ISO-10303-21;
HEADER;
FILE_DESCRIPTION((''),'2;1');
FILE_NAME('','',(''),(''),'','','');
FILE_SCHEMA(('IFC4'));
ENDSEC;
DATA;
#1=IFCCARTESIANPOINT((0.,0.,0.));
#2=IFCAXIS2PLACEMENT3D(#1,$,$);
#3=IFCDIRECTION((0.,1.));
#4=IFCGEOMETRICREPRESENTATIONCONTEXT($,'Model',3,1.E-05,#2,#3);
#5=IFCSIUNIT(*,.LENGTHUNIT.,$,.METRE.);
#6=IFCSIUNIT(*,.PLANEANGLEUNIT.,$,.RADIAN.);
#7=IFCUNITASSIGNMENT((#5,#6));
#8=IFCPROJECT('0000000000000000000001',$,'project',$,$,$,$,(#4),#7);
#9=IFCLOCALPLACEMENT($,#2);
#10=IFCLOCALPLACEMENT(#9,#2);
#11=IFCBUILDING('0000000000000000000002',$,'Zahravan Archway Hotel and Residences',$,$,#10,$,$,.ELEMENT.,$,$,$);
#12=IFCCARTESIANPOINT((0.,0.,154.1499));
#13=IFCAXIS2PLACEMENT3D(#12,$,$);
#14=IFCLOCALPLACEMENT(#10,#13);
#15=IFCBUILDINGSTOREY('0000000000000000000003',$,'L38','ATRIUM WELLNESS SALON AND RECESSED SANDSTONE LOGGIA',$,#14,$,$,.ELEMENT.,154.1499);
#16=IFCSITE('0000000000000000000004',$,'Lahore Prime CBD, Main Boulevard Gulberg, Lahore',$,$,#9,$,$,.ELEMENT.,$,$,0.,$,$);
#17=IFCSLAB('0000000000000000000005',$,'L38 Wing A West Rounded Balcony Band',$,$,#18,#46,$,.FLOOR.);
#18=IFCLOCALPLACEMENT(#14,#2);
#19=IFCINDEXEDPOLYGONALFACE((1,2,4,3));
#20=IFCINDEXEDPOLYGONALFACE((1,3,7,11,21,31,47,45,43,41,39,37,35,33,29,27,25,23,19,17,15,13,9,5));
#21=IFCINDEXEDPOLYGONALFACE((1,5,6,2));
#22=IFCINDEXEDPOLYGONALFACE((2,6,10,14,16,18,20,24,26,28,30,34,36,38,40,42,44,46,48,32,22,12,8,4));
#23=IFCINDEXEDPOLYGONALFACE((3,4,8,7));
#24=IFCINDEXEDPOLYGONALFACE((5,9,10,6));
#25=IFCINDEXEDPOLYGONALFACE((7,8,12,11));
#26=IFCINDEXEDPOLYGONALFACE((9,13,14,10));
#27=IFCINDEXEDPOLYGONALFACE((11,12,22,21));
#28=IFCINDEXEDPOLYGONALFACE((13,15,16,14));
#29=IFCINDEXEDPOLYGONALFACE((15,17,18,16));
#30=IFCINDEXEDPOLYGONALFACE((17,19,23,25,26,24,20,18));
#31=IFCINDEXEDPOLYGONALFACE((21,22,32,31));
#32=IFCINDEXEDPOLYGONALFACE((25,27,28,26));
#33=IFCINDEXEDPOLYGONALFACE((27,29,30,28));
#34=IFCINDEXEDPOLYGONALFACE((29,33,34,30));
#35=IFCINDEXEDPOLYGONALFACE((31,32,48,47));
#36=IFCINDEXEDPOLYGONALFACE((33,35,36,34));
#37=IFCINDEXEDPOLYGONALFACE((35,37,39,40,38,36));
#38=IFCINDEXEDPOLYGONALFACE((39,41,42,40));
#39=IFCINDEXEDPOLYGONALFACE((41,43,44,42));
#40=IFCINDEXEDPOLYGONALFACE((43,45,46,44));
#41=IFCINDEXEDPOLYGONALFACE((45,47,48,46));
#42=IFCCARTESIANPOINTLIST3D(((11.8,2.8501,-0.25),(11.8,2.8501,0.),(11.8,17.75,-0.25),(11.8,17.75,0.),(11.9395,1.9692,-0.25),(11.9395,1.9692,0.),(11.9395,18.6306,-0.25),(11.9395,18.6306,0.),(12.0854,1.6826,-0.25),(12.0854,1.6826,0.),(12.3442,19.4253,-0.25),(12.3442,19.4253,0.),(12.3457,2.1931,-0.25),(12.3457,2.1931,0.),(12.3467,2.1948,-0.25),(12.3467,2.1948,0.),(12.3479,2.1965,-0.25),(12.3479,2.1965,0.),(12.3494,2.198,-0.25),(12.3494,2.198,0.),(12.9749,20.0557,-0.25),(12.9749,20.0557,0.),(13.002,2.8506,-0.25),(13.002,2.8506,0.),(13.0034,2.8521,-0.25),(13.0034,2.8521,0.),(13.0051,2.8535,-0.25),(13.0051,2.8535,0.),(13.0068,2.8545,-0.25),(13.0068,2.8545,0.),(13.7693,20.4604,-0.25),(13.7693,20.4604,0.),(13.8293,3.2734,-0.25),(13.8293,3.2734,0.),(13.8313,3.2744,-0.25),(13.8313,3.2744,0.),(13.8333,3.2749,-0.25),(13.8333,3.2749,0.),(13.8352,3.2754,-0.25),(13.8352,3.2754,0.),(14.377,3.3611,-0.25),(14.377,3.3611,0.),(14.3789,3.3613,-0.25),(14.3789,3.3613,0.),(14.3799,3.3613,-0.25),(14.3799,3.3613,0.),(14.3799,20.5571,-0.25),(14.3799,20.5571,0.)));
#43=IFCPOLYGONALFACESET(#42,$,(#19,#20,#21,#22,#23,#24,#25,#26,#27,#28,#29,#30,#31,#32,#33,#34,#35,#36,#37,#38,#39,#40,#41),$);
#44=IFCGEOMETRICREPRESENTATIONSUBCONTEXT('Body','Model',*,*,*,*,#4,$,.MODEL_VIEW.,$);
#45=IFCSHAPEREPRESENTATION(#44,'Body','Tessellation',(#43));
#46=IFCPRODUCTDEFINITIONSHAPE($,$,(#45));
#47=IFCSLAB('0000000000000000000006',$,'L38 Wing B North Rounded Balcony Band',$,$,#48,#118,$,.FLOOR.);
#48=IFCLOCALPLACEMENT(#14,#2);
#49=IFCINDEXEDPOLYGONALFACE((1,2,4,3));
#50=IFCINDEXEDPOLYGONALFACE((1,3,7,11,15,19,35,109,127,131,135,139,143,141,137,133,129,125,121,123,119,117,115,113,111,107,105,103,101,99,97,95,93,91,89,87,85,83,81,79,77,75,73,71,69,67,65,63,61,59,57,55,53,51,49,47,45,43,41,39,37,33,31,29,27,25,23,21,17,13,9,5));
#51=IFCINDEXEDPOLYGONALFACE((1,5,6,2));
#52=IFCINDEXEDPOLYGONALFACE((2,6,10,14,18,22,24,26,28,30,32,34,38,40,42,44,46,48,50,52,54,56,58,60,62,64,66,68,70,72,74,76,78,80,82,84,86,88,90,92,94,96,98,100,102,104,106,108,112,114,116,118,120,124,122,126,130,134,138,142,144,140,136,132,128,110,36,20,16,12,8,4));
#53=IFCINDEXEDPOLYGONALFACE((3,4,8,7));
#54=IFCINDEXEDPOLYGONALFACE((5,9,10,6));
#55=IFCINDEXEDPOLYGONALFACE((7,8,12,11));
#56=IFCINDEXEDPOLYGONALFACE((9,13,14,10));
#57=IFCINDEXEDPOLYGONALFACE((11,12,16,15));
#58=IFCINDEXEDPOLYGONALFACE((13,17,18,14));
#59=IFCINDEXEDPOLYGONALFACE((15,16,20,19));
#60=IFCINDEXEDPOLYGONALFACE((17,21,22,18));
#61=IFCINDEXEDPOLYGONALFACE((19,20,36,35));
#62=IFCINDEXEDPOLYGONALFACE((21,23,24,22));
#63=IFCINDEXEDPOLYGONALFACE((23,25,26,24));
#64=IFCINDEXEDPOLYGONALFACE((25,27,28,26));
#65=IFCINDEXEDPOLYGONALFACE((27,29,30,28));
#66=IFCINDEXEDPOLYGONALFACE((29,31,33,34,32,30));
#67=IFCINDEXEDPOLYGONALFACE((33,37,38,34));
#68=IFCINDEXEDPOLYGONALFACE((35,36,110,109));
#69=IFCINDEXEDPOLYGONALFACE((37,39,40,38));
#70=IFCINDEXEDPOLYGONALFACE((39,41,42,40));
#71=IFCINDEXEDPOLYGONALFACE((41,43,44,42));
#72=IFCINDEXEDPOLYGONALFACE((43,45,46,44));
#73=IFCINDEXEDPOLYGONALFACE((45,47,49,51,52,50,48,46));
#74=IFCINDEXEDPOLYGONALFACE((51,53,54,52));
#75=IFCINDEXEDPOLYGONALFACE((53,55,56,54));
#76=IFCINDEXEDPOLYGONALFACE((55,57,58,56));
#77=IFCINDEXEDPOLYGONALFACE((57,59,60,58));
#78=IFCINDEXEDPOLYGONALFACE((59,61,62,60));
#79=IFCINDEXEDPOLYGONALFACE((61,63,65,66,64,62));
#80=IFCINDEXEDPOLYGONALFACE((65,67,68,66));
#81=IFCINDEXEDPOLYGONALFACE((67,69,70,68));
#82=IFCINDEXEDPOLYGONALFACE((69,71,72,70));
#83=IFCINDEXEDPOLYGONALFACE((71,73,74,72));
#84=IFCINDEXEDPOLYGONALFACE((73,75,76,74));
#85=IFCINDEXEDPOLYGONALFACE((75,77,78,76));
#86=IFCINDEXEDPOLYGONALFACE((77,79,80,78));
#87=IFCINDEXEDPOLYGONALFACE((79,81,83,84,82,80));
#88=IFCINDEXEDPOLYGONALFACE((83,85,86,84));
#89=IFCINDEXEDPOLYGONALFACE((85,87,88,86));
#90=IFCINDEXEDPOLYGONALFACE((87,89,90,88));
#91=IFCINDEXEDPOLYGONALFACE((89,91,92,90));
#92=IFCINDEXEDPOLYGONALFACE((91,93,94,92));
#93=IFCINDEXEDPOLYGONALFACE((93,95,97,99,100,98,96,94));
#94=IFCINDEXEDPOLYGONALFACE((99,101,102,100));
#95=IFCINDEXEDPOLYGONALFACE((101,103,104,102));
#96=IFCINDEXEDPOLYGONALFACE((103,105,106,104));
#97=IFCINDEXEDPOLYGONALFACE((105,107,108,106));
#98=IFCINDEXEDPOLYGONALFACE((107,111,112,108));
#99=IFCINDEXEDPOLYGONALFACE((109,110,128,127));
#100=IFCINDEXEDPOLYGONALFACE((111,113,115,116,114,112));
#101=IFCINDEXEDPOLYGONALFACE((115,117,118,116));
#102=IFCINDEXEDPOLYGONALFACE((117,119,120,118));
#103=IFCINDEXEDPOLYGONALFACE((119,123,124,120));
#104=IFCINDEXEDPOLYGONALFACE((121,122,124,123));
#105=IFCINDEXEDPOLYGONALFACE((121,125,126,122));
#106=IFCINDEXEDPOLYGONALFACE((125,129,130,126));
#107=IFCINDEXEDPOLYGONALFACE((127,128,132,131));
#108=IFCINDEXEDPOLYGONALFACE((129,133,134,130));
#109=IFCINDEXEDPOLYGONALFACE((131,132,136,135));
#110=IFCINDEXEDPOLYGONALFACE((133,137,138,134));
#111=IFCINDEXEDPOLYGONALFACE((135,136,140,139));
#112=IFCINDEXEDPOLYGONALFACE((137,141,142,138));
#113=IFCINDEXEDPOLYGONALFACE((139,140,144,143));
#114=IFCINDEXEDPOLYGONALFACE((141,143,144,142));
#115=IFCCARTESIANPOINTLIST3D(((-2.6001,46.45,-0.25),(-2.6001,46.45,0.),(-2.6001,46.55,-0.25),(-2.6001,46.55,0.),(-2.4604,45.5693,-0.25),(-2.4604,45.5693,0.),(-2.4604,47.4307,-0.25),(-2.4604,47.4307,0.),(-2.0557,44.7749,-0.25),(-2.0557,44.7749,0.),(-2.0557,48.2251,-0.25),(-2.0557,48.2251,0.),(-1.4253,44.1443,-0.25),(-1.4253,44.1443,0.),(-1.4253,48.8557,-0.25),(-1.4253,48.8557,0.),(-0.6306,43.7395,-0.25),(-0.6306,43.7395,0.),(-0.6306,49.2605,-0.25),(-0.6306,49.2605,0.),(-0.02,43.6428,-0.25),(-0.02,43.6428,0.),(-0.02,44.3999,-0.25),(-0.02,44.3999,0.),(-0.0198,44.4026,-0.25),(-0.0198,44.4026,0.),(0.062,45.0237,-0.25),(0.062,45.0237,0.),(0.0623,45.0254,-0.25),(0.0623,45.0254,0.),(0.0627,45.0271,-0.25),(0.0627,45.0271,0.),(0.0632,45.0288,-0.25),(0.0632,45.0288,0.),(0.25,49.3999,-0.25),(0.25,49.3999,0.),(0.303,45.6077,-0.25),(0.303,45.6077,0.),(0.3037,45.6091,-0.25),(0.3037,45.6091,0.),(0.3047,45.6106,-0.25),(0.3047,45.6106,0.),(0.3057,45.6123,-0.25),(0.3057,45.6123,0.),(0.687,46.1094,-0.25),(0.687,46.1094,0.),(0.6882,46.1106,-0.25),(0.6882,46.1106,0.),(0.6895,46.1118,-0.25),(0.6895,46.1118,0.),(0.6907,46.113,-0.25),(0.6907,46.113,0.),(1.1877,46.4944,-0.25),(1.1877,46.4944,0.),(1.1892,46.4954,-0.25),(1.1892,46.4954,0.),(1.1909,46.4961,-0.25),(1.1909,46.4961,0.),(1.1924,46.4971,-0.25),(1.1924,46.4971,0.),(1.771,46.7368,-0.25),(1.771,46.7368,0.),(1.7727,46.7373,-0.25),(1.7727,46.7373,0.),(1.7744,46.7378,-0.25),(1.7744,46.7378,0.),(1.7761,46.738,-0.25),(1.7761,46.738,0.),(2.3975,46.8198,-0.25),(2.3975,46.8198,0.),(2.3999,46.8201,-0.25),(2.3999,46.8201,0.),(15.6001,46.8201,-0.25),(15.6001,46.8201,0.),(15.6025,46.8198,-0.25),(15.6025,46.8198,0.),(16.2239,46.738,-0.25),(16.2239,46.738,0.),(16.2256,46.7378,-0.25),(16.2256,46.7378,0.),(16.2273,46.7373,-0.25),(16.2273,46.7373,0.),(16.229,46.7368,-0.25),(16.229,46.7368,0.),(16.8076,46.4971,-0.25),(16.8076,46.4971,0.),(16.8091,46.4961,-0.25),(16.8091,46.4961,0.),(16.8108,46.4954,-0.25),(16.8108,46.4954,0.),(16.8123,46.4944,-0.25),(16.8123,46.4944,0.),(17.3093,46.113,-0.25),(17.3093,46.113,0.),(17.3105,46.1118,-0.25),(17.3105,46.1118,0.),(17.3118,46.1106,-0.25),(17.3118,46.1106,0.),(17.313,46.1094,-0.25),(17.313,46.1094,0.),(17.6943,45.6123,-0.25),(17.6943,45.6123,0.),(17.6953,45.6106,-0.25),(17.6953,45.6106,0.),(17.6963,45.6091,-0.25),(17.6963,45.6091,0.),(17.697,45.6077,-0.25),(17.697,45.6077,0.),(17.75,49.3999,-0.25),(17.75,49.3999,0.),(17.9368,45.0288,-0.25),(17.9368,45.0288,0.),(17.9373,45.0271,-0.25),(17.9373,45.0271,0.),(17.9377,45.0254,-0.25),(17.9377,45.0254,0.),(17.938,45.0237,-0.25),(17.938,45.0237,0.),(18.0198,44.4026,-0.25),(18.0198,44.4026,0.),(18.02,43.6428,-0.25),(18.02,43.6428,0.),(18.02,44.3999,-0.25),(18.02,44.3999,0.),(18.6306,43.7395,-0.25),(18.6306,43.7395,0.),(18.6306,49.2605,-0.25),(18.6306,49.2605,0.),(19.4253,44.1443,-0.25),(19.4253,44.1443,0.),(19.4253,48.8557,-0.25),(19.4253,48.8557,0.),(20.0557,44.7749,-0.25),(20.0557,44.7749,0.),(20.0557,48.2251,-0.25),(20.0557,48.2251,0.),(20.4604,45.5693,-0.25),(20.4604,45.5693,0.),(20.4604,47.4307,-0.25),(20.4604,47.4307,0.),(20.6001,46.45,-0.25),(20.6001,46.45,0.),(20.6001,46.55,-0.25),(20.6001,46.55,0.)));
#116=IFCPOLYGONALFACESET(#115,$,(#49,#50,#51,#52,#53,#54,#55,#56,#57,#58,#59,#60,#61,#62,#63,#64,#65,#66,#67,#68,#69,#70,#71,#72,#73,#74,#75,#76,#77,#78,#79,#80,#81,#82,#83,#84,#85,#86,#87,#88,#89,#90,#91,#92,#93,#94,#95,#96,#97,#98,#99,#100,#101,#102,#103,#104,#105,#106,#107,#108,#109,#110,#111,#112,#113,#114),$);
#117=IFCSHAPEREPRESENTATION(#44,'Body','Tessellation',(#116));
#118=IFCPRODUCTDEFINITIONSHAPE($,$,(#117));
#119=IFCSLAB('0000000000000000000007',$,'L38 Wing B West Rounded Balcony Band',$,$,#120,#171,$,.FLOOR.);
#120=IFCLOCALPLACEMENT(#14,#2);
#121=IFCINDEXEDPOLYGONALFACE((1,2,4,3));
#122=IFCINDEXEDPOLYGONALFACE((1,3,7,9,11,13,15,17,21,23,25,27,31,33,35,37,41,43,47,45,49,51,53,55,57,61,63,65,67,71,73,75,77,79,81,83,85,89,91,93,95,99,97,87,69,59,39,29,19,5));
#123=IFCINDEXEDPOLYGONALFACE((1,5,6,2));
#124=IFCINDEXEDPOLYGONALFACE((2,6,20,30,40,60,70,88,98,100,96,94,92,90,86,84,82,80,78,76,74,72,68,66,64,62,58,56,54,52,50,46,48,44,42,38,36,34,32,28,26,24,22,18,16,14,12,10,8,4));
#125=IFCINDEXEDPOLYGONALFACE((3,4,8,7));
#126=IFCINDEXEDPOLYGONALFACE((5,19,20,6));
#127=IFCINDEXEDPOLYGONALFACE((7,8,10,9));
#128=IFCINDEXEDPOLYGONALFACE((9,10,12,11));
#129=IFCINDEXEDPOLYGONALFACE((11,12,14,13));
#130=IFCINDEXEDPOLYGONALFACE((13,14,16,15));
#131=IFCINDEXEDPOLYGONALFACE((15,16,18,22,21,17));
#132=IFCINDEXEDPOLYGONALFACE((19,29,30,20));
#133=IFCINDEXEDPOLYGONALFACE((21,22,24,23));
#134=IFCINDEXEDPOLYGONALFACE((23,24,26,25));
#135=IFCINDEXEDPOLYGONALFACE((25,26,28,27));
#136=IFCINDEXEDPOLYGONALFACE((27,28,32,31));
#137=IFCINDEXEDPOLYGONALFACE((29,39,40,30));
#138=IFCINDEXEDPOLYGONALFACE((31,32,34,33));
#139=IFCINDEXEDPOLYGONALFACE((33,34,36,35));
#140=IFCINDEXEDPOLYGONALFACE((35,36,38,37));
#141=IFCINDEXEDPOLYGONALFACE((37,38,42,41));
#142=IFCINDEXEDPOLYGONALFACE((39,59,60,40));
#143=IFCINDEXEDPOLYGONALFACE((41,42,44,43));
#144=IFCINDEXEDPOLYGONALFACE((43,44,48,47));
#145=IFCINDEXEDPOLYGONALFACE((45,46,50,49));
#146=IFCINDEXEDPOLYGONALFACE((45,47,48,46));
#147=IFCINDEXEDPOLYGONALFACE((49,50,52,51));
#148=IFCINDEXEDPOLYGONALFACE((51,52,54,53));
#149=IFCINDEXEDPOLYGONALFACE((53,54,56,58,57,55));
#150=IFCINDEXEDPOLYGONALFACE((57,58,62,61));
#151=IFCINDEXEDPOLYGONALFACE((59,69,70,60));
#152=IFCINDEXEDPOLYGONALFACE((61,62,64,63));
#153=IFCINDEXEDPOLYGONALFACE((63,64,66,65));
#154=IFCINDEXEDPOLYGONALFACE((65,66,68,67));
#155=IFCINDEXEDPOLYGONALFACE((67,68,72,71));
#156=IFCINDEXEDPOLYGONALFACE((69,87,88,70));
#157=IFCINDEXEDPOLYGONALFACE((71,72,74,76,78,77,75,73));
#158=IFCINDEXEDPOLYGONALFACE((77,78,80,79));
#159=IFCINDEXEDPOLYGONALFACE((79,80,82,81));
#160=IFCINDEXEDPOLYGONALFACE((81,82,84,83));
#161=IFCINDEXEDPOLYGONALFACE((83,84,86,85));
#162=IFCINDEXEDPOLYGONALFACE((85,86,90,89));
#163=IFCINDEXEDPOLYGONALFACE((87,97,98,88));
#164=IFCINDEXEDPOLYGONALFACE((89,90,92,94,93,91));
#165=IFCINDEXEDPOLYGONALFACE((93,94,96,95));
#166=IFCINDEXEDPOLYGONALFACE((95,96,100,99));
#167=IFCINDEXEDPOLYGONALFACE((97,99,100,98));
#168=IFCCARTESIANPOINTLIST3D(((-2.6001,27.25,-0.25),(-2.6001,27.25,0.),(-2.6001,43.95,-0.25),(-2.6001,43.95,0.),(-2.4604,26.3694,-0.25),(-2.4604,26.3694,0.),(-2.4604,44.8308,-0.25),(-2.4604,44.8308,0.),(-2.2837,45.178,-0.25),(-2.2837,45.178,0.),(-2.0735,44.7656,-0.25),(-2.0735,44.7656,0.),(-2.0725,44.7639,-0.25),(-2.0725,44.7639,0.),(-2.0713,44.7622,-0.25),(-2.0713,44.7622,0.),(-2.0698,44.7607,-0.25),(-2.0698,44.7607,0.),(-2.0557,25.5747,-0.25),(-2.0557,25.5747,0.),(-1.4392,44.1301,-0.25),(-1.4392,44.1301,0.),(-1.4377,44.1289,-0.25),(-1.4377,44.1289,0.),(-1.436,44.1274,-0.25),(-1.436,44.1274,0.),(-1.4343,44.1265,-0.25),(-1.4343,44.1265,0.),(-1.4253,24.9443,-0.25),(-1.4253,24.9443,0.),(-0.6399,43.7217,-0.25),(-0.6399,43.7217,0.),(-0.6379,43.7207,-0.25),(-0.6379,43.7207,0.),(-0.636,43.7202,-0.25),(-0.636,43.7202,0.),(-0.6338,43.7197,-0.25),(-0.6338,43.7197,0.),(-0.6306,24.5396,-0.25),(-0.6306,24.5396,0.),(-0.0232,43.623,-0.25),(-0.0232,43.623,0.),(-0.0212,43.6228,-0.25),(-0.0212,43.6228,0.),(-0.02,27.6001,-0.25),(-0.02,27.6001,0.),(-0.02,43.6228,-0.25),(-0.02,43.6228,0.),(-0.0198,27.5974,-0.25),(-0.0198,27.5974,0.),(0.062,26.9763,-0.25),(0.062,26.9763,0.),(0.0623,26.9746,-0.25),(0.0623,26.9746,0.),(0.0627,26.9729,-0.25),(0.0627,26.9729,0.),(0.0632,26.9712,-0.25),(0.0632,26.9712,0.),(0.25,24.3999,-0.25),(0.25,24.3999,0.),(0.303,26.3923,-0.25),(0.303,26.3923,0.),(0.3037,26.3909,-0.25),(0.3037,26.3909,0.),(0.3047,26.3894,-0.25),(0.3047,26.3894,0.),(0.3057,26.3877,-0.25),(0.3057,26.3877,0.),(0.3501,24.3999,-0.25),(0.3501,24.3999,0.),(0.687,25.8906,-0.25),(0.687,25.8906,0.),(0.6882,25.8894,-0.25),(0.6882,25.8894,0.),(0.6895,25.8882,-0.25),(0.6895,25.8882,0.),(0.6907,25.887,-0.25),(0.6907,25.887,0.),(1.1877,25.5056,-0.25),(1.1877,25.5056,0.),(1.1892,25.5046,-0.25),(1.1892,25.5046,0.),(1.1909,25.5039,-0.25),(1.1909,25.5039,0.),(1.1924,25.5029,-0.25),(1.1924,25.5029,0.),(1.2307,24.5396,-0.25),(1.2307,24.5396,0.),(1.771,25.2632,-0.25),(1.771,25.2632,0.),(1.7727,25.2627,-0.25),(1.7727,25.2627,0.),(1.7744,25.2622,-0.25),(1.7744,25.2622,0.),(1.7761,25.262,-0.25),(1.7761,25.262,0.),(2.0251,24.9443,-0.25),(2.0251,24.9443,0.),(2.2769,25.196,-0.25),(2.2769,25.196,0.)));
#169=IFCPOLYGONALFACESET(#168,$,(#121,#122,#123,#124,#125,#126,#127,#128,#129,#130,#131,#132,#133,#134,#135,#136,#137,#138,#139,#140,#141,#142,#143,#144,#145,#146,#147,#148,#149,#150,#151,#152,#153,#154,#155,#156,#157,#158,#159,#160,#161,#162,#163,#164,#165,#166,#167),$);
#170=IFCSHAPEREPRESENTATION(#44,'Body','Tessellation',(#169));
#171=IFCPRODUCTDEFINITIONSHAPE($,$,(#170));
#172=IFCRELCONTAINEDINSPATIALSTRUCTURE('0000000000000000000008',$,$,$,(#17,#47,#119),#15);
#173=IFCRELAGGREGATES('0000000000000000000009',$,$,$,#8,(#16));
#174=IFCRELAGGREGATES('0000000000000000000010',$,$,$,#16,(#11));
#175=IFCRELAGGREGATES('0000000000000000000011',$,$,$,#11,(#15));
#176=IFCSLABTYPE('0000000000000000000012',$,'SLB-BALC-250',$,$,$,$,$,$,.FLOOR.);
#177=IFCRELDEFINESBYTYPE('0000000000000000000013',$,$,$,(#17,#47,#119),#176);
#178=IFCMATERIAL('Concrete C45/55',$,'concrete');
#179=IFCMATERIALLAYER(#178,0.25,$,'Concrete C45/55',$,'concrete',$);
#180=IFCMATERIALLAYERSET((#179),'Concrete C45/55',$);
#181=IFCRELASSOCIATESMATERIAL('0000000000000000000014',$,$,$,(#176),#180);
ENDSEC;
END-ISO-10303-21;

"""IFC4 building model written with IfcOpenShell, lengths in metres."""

from ifc_helpers import new_model, si_unit, direction, frame, origin, place, context, subcontext, project, spatial, polyline, outline, extrude, material, layer, layer_set, type_object, element, save


model = new_model("IFC4")

# Units and contexts
model_context = context("Model", 3, precision=1e-05, world=origin(), true_north=direction((0.0, 1.0)))
body_context = subcontext(model_context, "Body", "Model", "MODEL_VIEW")
ifc_project = project(units=[si_unit("LENGTHUNIT", "METRE"), si_unit("PLANEANGLEUNIT", "RADIAN")], contexts=[model_context])

# Site, building, storey
site_placement = place(None, origin())
site = spatial("IfcSite", under=ifc_project, at=site_placement, Name="Lahore Prime CBD, Main Boulevard Gulberg, Lahore", CompositionType="ELEMENT", RefElevation=0.0)
building_placement = place(site_placement, origin())
building = spatial("IfcBuilding", under=site, at=building_placement, Name="Zahravan Archway Hotel and Residences", CompositionType="ELEMENT")
storey_placement = place(building_placement, frame((0.0, 0.0, 154.1499)))
storey = spatial("IfcBuildingStorey", under=building, at=storey_placement, Name="L38", Description="ATRIUM WELLNESS SALON AND RECESSED SANDSTONE LOGGIA", CompositionType="ELEMENT", Elevation=154.1499)

# Slabs
ifc_material_1 = material(Name="Concrete C45/55", Category="concrete")
ifc_layer_1 = layer(ifc_material_1, 0.25, Name="Concrete C45/55", Category="concrete")
ifc_layer_set_1 = layer_set([ifc_layer_1], Name="Concrete C45/55")
slab_type_1 = type_object("IfcSlabType", Name="SLB-BALC-250", PredefinedType="FLOOR", material=ifc_layer_set_1)
slab_1_placement = place(storey_placement, frame((0.0, 0.0, -0.25)))
element("IfcSlab", 1, at=slab_1_placement, inside=storey, type_object=slab_type_1, Name="L38 Wing A West Rounded Balcony Band", PredefinedType="FLOOR", context=body_context, shape_type="SweptSolid", body=[
    extrude(outline(polyline([(11.9395, 1.9692), (11.8, 2.8501), (11.8, 17.75), (11.9395, 18.6306), (12.3442, 19.4253), (12.9749, 20.0557), (13.7693, 20.4604), (14.3799, 20.5571), (14.3799, 3.3613), (14.3789, 3.3613), (14.377, 3.3611), (13.8352, 3.2754), (13.8333, 3.2749), (13.8313, 3.2744), (13.8293, 3.2734), (13.0068, 2.8545), (13.0051, 2.8535), (13.0034, 2.8521), (13.002, 2.8506), (12.3494, 2.198), (12.3479, 2.1965), (12.3467, 2.1948), (12.3457, 2.1931), (12.0854, 1.6826), (11.9395, 1.9692)])), origin(), (0.0, 0.0, 1.0), 0.25),
])
slab_2_placement = place(storey_placement, frame((0.0, 0.0, -0.25)))
element("IfcSlab", 2, at=slab_2_placement, inside=storey, type_object=slab_type_1, Name="L38 Wing B North Rounded Balcony Band", PredefinedType="FLOOR", context=body_context, shape_type="SweptSolid", body=[
    extrude(outline(polyline([(-0.6306, 43.7395), (-1.4253, 44.1443), (-2.0557, 44.7749), (-2.4604, 45.5693), (-2.6001, 46.45), (-2.6001, 46.55), (-2.4604, 47.4307), (-2.0557, 48.2251), (-1.4253, 48.8557), (-0.6306, 49.2605), (0.25, 49.3999), (17.75, 49.3999), (18.6306, 49.2605), (19.4253, 48.8557), (20.0557, 48.2251), (20.4604, 47.4307), (20.6001, 46.55), (20.6001, 46.45), (20.4604, 45.5693), (20.0557, 44.7749), (19.4253, 44.1443), (18.6306, 43.7395), (18.02, 43.6428), (18.02, 44.3999), (18.0198, 44.4026), (17.938, 45.0237), (17.9377, 45.0254), (17.9373, 45.0271), (17.9368, 45.0288), (17.697, 45.6077), (17.6963, 45.6091), (17.6953, 45.6106), (17.6943, 45.6123), (17.313, 46.1094), (17.3118, 46.1106), (17.3105, 46.1118), (17.3093, 46.113), (16.8123, 46.4944), (16.8108, 46.4954), (16.8091, 46.4961), (16.8076, 46.4971), (16.229, 46.7368), (16.2273, 46.7373), (16.2256, 46.7378), (16.2239, 46.738), (15.6025, 46.8198), (15.6001, 46.8201), (2.3999, 46.8201), (2.3975, 46.8198), (1.7761, 46.738), (1.7744, 46.7378), (1.7727, 46.7373), (1.771, 46.7368), (1.1924, 46.4971), (1.1909, 46.4961), (1.1892, 46.4954), (1.1877, 46.4944), (0.6907, 46.113), (0.6895, 46.1118), (0.6882, 46.1106), (0.687, 46.1094), (0.3057, 45.6123), (0.3047, 45.6106), (0.3037, 45.6091), (0.303, 45.6077), (0.0632, 45.0288), (0.0627, 45.0271), (0.0623, 45.0254), (0.062, 45.0237), (-0.0198, 44.4026), (-0.02, 44.3999), (-0.02, 43.6428), (-0.6306, 43.7395)])), origin(), (0.0, 0.0, 1.0), 0.25),
])
slab_3_placement = place(storey_placement, frame((0.0, 0.0, -0.25)))
element("IfcSlab", 3, at=slab_3_placement, inside=storey, type_object=slab_type_1, Name="L38 Wing B West Rounded Balcony Band", PredefinedType="FLOOR", context=body_context, shape_type="SweptSolid", body=[
    extrude(outline(polyline([(2.0251, 24.9443), (1.2307, 24.5396), (0.3501, 24.3999), (0.25, 24.3999), (-0.6306, 24.5396), (-1.4253, 24.9443), (-2.0557, 25.5747), (-2.4604, 26.3694), (-2.6001, 27.25), (-2.6001, 43.95), (-2.4604, 44.8308), (-2.2837, 45.178), (-2.0735, 44.7656), (-2.0725, 44.7639), (-2.0713, 44.7622), (-2.0698, 44.7607), (-1.4392, 44.1301), (-1.4377, 44.1289), (-1.436, 44.1274), (-1.4343, 44.1265), (-0.6399, 43.7217), (-0.6379, 43.7207), (-0.636, 43.7202), (-0.6338, 43.7197), (-0.0232, 43.623), (-0.0212, 43.6228), (-0.02, 43.6228), (-0.02, 27.6001), (-0.0198, 27.5974), (0.062, 26.9763), (0.0623, 26.9746), (0.0627, 26.9729), (0.0632, 26.9712), (0.303, 26.3923), (0.3037, 26.3909), (0.3047, 26.3894), (0.3057, 26.3877), (0.687, 25.8906), (0.6882, 25.8894), (0.6895, 25.8882), (0.6907, 25.887), (1.1877, 25.5056), (1.1892, 25.5046), (1.1909, 25.5039), (1.1924, 25.5029), (1.771, 25.2632), (1.7727, 25.2627), (1.7744, 25.2622), (1.7761, 25.262), (2.2769, 25.196), (2.0251, 24.9443)])), origin(), (0.0, 0.0, 1.0), 0.25),
])

save(model, "model.ifc")
